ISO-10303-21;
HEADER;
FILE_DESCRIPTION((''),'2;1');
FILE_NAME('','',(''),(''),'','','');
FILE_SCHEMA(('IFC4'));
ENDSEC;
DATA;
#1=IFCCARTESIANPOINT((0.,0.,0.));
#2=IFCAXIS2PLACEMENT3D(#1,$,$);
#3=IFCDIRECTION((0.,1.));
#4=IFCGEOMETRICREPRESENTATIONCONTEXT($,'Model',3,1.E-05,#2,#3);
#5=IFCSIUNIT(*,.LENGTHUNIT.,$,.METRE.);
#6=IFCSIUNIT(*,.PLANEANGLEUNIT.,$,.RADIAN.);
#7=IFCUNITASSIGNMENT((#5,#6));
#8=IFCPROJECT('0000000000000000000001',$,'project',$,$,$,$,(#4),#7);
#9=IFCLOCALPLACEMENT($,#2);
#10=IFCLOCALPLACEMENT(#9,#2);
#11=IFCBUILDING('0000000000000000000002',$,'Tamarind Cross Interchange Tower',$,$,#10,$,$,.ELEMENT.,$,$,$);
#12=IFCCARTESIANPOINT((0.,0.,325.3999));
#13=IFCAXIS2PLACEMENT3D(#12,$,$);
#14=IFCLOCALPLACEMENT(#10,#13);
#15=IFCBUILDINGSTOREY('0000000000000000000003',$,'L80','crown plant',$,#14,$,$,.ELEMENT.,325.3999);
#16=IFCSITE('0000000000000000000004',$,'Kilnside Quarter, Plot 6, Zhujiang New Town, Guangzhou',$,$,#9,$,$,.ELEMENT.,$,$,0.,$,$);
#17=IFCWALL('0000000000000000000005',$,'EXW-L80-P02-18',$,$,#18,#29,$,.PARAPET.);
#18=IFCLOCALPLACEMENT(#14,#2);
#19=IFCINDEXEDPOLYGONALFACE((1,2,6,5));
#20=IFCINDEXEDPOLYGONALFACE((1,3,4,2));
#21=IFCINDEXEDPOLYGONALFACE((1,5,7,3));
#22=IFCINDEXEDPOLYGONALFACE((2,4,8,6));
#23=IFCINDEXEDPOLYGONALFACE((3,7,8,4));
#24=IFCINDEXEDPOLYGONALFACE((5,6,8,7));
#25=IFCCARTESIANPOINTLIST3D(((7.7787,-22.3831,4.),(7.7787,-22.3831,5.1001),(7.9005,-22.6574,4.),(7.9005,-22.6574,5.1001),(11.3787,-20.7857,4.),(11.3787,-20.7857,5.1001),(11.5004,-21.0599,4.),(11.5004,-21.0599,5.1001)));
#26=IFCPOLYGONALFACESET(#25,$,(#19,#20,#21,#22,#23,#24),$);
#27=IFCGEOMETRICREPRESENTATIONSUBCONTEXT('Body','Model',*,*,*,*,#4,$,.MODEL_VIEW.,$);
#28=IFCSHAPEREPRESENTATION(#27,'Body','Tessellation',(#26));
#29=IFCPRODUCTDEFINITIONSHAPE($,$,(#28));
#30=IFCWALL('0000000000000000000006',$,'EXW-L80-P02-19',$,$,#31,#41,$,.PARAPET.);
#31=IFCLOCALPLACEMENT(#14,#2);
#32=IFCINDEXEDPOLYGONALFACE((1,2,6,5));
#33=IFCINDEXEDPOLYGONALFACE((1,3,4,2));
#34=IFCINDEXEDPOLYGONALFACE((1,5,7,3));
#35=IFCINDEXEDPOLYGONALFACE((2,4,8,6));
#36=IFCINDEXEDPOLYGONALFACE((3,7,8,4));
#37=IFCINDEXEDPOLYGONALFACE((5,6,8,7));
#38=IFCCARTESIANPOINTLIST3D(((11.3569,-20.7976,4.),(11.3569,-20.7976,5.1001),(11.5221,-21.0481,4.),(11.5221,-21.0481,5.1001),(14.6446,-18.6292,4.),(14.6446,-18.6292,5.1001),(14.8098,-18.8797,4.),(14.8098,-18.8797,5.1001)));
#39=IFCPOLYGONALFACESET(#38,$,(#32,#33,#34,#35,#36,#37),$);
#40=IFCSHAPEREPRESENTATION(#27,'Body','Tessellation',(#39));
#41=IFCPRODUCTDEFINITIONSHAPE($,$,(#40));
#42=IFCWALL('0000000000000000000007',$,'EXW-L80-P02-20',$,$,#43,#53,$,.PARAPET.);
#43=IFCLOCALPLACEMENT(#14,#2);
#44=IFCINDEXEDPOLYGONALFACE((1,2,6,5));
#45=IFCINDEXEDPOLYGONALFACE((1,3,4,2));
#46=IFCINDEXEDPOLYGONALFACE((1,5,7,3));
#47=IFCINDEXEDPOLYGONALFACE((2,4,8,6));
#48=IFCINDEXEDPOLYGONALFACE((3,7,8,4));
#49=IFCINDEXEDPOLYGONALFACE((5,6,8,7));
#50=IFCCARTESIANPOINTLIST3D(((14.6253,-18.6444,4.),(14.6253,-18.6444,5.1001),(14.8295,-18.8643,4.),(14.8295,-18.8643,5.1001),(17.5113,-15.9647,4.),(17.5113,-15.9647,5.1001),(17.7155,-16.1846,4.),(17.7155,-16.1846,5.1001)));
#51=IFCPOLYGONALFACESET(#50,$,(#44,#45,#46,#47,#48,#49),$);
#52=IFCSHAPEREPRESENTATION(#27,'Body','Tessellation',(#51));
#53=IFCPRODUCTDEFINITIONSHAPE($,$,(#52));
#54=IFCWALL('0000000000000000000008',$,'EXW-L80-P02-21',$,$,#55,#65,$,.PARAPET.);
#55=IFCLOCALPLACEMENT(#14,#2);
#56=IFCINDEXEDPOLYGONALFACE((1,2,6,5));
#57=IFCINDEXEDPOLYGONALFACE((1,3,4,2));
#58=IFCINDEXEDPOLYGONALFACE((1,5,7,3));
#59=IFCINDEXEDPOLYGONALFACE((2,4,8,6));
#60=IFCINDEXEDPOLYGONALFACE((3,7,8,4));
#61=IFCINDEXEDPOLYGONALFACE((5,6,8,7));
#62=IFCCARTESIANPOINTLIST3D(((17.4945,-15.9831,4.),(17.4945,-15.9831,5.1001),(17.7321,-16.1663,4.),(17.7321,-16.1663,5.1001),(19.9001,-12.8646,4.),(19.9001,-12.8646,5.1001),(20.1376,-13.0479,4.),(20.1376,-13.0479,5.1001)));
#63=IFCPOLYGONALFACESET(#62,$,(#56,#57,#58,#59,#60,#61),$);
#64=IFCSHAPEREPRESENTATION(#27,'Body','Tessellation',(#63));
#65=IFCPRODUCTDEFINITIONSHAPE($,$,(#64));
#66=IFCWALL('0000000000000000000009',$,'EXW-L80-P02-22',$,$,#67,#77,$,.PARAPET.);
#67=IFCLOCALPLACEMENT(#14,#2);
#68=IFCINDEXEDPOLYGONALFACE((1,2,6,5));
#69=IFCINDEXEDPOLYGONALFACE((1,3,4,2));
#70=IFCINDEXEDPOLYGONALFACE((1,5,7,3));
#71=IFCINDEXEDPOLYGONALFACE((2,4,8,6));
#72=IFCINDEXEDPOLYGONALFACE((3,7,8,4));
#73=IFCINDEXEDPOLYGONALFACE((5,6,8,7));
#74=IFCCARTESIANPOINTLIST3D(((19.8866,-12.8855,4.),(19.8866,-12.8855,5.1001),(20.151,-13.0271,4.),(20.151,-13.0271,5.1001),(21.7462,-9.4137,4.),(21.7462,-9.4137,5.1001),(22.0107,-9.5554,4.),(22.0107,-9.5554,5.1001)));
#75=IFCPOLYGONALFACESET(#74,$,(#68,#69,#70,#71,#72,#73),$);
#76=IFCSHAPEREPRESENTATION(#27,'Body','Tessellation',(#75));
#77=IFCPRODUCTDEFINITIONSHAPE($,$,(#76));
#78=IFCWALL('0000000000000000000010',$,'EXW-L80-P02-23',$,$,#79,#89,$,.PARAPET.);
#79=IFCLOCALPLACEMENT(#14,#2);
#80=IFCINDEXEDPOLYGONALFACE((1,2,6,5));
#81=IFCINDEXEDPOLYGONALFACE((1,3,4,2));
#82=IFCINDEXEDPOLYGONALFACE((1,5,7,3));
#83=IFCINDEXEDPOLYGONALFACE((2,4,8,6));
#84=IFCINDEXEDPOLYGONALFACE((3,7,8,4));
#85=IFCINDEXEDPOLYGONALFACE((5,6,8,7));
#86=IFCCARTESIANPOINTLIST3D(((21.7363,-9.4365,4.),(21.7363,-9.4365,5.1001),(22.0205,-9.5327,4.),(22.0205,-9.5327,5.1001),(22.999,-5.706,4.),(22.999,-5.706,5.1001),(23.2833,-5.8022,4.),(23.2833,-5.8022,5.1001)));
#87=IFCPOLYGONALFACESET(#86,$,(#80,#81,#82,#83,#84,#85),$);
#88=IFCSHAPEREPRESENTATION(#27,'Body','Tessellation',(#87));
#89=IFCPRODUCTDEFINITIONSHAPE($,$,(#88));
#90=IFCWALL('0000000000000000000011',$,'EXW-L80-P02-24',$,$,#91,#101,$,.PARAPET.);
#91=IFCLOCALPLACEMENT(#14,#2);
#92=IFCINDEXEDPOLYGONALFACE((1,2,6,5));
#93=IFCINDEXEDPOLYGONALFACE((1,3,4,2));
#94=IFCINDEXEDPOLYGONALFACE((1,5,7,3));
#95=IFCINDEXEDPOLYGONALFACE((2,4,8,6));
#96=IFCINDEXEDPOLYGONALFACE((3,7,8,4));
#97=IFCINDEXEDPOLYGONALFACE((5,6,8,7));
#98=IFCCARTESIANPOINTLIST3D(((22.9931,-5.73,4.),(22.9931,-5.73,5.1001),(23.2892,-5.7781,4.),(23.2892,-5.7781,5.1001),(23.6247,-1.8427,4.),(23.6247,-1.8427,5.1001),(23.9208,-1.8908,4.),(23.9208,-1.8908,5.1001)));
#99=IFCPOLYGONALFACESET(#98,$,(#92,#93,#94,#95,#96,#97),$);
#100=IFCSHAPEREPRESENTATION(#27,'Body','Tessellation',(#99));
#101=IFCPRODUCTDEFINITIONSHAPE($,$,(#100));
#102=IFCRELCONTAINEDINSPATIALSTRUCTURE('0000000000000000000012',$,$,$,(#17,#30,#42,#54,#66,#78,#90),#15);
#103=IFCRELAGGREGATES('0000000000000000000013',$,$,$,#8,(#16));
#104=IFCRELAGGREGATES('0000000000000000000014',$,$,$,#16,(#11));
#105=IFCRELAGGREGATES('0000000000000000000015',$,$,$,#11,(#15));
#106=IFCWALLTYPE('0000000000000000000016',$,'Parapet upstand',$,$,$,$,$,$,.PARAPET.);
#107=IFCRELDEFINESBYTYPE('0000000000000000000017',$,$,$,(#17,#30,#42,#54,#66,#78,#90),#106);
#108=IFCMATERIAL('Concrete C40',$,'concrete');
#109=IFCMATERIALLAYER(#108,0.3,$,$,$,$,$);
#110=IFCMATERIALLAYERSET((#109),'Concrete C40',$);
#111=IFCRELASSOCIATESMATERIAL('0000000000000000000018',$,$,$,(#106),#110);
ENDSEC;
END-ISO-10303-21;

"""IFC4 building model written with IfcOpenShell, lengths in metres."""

from ifc_helpers import new_model, si_unit, direction, frame, frame_2d, origin, place, context, subcontext, project, spatial, rectangle, extrude, material, layer, layer_set, type_object, element, save


model = new_model("IFC4")

# Units and contexts
model_context = context("Model", 3, precision=1e-05, world=origin(), true_north=direction((0.0, 1.0)))
body_context = subcontext(model_context, "Body", "Model", "MODEL_VIEW")
ifc_project = project(units=[si_unit("LENGTHUNIT", "METRE"), si_unit("PLANEANGLEUNIT", "RADIAN")], contexts=[model_context])

# Site, building, storey
site_placement = place(None, origin())
site = spatial("IfcSite", under=ifc_project, at=site_placement, Name="Kilnside Quarter, Plot 6, Zhujiang New Town, Guangzhou", CompositionType="ELEMENT", RefElevation=0.0)
building_placement = place(site_placement, origin())
building = spatial("IfcBuilding", under=site, at=building_placement, Name="Tamarind Cross Interchange Tower", CompositionType="ELEMENT")
storey_placement = place(building_placement, frame((0.0, 0.0, 325.3999)))
storey = spatial("IfcBuildingStorey", under=building, at=storey_placement, Name="L80", Description="crown plant", CompositionType="ELEMENT", Elevation=325.3999)

# Walls
ifc_material_1 = material(Name="Concrete C40", Category="concrete")
ifc_layer = layer(ifc_material_1, 0.3)
ifc_layer_set = layer_set([ifc_layer], Name="Concrete C40")
wall_type = type_object("IfcWallType", Name="Parapet upstand", PredefinedType="PARAPET", material=ifc_layer_set)
for number, where, z_axis, x_axis, name in (
    (1, (7.8396, -22.5203, 4.0), (0.0, 0.0, 1.0), (0.914049, 0.405603, 0.0), "EXW-L80-P02-18"),
    (2, (11.4395, -20.9229, 4.0), (0.0, 0.0, 1.0), (0.834787, 0.550574, 0.0), "EXW-L80-P02-19"),
):
    element("IfcWall", number, at=place(storey_placement, frame(where, z_axis=z_axis, x_axis=x_axis)), inside=storey, type_object=wall_type, Name=name, PredefinedType="PARAPET", context=body_context, shape_type="SweptSolid", body=[
        extrude(rectangle(XDim=3.9385, YDim=0.3, at=frame_2d((1.9692, 0.0))), origin(), (0.0, 0.0, 1.0), 1.1001),
    ])
wall_1_placement = place(storey_placement, frame((14.7273, -18.7544, 4.0), z_axis=(0.0, 0.0, 1.0), x_axis=(0.732813, 0.68043, 0.0)))
element("IfcWall", 3, at=wall_1_placement, inside=storey, type_object=wall_type, Name="EXW-L80-P02-20", PredefinedType="PARAPET", context=body_context, shape_type="SweptSolid", body=[
    extrude(rectangle(XDim=3.9382, YDim=0.3, at=frame_2d((1.9692, 0.0))), origin(), (0.0, 0.0, 1.0), 1.1001),
])
for number, where, z_axis, x_axis, name in (
    (4, (17.6133, -16.0747, 4.0), (0.0, 0.0, 1.0), (0.610786, 0.791796, 0.0), "EXW-L80-P02-21"),
    (5, (20.0188, -12.9563, 4.0), (0.0, 0.0, 1.0), (0.47218, 0.881502, 0.0), "EXW-L80-P02-22"),
    (6, (21.8784, -9.4846, 4.0), (0.0, 0.0, 1.0), (0.320613, 0.94721, 0.0), "EXW-L80-P02-23"),
):
    element("IfcWall", number, at=place(storey_placement, frame(where, z_axis=z_axis, x_axis=x_axis)), inside=storey, type_object=wall_type, Name=name, PredefinedType="PARAPET", context=body_context, shape_type="SweptSolid", body=[
        extrude(rectangle(XDim=3.9385, YDim=0.3, at=frame_2d((1.9692, 0.0))), origin(), (0.0, 0.0, 1.0), 1.1001),
    ])
wall_2_placement = place(storey_placement, frame((23.1411, -5.7542, 4.0), z_axis=(0.0, 0.0, 1.0), x_axis=(0.160376, 0.987056, 0.0)))
element("IfcWall", 7, at=wall_2_placement, inside=storey, type_object=wall_type, Name="EXW-L80-P02-24", PredefinedType="PARAPET", context=body_context, shape_type="SweptSolid", body=[
    extrude(rectangle(XDim=3.9382, YDim=0.3, at=frame_2d((1.9692, 0.0))), origin(), (0.0, 0.0, 1.0), 1.1001),
])

save(model, "model.ifc")
